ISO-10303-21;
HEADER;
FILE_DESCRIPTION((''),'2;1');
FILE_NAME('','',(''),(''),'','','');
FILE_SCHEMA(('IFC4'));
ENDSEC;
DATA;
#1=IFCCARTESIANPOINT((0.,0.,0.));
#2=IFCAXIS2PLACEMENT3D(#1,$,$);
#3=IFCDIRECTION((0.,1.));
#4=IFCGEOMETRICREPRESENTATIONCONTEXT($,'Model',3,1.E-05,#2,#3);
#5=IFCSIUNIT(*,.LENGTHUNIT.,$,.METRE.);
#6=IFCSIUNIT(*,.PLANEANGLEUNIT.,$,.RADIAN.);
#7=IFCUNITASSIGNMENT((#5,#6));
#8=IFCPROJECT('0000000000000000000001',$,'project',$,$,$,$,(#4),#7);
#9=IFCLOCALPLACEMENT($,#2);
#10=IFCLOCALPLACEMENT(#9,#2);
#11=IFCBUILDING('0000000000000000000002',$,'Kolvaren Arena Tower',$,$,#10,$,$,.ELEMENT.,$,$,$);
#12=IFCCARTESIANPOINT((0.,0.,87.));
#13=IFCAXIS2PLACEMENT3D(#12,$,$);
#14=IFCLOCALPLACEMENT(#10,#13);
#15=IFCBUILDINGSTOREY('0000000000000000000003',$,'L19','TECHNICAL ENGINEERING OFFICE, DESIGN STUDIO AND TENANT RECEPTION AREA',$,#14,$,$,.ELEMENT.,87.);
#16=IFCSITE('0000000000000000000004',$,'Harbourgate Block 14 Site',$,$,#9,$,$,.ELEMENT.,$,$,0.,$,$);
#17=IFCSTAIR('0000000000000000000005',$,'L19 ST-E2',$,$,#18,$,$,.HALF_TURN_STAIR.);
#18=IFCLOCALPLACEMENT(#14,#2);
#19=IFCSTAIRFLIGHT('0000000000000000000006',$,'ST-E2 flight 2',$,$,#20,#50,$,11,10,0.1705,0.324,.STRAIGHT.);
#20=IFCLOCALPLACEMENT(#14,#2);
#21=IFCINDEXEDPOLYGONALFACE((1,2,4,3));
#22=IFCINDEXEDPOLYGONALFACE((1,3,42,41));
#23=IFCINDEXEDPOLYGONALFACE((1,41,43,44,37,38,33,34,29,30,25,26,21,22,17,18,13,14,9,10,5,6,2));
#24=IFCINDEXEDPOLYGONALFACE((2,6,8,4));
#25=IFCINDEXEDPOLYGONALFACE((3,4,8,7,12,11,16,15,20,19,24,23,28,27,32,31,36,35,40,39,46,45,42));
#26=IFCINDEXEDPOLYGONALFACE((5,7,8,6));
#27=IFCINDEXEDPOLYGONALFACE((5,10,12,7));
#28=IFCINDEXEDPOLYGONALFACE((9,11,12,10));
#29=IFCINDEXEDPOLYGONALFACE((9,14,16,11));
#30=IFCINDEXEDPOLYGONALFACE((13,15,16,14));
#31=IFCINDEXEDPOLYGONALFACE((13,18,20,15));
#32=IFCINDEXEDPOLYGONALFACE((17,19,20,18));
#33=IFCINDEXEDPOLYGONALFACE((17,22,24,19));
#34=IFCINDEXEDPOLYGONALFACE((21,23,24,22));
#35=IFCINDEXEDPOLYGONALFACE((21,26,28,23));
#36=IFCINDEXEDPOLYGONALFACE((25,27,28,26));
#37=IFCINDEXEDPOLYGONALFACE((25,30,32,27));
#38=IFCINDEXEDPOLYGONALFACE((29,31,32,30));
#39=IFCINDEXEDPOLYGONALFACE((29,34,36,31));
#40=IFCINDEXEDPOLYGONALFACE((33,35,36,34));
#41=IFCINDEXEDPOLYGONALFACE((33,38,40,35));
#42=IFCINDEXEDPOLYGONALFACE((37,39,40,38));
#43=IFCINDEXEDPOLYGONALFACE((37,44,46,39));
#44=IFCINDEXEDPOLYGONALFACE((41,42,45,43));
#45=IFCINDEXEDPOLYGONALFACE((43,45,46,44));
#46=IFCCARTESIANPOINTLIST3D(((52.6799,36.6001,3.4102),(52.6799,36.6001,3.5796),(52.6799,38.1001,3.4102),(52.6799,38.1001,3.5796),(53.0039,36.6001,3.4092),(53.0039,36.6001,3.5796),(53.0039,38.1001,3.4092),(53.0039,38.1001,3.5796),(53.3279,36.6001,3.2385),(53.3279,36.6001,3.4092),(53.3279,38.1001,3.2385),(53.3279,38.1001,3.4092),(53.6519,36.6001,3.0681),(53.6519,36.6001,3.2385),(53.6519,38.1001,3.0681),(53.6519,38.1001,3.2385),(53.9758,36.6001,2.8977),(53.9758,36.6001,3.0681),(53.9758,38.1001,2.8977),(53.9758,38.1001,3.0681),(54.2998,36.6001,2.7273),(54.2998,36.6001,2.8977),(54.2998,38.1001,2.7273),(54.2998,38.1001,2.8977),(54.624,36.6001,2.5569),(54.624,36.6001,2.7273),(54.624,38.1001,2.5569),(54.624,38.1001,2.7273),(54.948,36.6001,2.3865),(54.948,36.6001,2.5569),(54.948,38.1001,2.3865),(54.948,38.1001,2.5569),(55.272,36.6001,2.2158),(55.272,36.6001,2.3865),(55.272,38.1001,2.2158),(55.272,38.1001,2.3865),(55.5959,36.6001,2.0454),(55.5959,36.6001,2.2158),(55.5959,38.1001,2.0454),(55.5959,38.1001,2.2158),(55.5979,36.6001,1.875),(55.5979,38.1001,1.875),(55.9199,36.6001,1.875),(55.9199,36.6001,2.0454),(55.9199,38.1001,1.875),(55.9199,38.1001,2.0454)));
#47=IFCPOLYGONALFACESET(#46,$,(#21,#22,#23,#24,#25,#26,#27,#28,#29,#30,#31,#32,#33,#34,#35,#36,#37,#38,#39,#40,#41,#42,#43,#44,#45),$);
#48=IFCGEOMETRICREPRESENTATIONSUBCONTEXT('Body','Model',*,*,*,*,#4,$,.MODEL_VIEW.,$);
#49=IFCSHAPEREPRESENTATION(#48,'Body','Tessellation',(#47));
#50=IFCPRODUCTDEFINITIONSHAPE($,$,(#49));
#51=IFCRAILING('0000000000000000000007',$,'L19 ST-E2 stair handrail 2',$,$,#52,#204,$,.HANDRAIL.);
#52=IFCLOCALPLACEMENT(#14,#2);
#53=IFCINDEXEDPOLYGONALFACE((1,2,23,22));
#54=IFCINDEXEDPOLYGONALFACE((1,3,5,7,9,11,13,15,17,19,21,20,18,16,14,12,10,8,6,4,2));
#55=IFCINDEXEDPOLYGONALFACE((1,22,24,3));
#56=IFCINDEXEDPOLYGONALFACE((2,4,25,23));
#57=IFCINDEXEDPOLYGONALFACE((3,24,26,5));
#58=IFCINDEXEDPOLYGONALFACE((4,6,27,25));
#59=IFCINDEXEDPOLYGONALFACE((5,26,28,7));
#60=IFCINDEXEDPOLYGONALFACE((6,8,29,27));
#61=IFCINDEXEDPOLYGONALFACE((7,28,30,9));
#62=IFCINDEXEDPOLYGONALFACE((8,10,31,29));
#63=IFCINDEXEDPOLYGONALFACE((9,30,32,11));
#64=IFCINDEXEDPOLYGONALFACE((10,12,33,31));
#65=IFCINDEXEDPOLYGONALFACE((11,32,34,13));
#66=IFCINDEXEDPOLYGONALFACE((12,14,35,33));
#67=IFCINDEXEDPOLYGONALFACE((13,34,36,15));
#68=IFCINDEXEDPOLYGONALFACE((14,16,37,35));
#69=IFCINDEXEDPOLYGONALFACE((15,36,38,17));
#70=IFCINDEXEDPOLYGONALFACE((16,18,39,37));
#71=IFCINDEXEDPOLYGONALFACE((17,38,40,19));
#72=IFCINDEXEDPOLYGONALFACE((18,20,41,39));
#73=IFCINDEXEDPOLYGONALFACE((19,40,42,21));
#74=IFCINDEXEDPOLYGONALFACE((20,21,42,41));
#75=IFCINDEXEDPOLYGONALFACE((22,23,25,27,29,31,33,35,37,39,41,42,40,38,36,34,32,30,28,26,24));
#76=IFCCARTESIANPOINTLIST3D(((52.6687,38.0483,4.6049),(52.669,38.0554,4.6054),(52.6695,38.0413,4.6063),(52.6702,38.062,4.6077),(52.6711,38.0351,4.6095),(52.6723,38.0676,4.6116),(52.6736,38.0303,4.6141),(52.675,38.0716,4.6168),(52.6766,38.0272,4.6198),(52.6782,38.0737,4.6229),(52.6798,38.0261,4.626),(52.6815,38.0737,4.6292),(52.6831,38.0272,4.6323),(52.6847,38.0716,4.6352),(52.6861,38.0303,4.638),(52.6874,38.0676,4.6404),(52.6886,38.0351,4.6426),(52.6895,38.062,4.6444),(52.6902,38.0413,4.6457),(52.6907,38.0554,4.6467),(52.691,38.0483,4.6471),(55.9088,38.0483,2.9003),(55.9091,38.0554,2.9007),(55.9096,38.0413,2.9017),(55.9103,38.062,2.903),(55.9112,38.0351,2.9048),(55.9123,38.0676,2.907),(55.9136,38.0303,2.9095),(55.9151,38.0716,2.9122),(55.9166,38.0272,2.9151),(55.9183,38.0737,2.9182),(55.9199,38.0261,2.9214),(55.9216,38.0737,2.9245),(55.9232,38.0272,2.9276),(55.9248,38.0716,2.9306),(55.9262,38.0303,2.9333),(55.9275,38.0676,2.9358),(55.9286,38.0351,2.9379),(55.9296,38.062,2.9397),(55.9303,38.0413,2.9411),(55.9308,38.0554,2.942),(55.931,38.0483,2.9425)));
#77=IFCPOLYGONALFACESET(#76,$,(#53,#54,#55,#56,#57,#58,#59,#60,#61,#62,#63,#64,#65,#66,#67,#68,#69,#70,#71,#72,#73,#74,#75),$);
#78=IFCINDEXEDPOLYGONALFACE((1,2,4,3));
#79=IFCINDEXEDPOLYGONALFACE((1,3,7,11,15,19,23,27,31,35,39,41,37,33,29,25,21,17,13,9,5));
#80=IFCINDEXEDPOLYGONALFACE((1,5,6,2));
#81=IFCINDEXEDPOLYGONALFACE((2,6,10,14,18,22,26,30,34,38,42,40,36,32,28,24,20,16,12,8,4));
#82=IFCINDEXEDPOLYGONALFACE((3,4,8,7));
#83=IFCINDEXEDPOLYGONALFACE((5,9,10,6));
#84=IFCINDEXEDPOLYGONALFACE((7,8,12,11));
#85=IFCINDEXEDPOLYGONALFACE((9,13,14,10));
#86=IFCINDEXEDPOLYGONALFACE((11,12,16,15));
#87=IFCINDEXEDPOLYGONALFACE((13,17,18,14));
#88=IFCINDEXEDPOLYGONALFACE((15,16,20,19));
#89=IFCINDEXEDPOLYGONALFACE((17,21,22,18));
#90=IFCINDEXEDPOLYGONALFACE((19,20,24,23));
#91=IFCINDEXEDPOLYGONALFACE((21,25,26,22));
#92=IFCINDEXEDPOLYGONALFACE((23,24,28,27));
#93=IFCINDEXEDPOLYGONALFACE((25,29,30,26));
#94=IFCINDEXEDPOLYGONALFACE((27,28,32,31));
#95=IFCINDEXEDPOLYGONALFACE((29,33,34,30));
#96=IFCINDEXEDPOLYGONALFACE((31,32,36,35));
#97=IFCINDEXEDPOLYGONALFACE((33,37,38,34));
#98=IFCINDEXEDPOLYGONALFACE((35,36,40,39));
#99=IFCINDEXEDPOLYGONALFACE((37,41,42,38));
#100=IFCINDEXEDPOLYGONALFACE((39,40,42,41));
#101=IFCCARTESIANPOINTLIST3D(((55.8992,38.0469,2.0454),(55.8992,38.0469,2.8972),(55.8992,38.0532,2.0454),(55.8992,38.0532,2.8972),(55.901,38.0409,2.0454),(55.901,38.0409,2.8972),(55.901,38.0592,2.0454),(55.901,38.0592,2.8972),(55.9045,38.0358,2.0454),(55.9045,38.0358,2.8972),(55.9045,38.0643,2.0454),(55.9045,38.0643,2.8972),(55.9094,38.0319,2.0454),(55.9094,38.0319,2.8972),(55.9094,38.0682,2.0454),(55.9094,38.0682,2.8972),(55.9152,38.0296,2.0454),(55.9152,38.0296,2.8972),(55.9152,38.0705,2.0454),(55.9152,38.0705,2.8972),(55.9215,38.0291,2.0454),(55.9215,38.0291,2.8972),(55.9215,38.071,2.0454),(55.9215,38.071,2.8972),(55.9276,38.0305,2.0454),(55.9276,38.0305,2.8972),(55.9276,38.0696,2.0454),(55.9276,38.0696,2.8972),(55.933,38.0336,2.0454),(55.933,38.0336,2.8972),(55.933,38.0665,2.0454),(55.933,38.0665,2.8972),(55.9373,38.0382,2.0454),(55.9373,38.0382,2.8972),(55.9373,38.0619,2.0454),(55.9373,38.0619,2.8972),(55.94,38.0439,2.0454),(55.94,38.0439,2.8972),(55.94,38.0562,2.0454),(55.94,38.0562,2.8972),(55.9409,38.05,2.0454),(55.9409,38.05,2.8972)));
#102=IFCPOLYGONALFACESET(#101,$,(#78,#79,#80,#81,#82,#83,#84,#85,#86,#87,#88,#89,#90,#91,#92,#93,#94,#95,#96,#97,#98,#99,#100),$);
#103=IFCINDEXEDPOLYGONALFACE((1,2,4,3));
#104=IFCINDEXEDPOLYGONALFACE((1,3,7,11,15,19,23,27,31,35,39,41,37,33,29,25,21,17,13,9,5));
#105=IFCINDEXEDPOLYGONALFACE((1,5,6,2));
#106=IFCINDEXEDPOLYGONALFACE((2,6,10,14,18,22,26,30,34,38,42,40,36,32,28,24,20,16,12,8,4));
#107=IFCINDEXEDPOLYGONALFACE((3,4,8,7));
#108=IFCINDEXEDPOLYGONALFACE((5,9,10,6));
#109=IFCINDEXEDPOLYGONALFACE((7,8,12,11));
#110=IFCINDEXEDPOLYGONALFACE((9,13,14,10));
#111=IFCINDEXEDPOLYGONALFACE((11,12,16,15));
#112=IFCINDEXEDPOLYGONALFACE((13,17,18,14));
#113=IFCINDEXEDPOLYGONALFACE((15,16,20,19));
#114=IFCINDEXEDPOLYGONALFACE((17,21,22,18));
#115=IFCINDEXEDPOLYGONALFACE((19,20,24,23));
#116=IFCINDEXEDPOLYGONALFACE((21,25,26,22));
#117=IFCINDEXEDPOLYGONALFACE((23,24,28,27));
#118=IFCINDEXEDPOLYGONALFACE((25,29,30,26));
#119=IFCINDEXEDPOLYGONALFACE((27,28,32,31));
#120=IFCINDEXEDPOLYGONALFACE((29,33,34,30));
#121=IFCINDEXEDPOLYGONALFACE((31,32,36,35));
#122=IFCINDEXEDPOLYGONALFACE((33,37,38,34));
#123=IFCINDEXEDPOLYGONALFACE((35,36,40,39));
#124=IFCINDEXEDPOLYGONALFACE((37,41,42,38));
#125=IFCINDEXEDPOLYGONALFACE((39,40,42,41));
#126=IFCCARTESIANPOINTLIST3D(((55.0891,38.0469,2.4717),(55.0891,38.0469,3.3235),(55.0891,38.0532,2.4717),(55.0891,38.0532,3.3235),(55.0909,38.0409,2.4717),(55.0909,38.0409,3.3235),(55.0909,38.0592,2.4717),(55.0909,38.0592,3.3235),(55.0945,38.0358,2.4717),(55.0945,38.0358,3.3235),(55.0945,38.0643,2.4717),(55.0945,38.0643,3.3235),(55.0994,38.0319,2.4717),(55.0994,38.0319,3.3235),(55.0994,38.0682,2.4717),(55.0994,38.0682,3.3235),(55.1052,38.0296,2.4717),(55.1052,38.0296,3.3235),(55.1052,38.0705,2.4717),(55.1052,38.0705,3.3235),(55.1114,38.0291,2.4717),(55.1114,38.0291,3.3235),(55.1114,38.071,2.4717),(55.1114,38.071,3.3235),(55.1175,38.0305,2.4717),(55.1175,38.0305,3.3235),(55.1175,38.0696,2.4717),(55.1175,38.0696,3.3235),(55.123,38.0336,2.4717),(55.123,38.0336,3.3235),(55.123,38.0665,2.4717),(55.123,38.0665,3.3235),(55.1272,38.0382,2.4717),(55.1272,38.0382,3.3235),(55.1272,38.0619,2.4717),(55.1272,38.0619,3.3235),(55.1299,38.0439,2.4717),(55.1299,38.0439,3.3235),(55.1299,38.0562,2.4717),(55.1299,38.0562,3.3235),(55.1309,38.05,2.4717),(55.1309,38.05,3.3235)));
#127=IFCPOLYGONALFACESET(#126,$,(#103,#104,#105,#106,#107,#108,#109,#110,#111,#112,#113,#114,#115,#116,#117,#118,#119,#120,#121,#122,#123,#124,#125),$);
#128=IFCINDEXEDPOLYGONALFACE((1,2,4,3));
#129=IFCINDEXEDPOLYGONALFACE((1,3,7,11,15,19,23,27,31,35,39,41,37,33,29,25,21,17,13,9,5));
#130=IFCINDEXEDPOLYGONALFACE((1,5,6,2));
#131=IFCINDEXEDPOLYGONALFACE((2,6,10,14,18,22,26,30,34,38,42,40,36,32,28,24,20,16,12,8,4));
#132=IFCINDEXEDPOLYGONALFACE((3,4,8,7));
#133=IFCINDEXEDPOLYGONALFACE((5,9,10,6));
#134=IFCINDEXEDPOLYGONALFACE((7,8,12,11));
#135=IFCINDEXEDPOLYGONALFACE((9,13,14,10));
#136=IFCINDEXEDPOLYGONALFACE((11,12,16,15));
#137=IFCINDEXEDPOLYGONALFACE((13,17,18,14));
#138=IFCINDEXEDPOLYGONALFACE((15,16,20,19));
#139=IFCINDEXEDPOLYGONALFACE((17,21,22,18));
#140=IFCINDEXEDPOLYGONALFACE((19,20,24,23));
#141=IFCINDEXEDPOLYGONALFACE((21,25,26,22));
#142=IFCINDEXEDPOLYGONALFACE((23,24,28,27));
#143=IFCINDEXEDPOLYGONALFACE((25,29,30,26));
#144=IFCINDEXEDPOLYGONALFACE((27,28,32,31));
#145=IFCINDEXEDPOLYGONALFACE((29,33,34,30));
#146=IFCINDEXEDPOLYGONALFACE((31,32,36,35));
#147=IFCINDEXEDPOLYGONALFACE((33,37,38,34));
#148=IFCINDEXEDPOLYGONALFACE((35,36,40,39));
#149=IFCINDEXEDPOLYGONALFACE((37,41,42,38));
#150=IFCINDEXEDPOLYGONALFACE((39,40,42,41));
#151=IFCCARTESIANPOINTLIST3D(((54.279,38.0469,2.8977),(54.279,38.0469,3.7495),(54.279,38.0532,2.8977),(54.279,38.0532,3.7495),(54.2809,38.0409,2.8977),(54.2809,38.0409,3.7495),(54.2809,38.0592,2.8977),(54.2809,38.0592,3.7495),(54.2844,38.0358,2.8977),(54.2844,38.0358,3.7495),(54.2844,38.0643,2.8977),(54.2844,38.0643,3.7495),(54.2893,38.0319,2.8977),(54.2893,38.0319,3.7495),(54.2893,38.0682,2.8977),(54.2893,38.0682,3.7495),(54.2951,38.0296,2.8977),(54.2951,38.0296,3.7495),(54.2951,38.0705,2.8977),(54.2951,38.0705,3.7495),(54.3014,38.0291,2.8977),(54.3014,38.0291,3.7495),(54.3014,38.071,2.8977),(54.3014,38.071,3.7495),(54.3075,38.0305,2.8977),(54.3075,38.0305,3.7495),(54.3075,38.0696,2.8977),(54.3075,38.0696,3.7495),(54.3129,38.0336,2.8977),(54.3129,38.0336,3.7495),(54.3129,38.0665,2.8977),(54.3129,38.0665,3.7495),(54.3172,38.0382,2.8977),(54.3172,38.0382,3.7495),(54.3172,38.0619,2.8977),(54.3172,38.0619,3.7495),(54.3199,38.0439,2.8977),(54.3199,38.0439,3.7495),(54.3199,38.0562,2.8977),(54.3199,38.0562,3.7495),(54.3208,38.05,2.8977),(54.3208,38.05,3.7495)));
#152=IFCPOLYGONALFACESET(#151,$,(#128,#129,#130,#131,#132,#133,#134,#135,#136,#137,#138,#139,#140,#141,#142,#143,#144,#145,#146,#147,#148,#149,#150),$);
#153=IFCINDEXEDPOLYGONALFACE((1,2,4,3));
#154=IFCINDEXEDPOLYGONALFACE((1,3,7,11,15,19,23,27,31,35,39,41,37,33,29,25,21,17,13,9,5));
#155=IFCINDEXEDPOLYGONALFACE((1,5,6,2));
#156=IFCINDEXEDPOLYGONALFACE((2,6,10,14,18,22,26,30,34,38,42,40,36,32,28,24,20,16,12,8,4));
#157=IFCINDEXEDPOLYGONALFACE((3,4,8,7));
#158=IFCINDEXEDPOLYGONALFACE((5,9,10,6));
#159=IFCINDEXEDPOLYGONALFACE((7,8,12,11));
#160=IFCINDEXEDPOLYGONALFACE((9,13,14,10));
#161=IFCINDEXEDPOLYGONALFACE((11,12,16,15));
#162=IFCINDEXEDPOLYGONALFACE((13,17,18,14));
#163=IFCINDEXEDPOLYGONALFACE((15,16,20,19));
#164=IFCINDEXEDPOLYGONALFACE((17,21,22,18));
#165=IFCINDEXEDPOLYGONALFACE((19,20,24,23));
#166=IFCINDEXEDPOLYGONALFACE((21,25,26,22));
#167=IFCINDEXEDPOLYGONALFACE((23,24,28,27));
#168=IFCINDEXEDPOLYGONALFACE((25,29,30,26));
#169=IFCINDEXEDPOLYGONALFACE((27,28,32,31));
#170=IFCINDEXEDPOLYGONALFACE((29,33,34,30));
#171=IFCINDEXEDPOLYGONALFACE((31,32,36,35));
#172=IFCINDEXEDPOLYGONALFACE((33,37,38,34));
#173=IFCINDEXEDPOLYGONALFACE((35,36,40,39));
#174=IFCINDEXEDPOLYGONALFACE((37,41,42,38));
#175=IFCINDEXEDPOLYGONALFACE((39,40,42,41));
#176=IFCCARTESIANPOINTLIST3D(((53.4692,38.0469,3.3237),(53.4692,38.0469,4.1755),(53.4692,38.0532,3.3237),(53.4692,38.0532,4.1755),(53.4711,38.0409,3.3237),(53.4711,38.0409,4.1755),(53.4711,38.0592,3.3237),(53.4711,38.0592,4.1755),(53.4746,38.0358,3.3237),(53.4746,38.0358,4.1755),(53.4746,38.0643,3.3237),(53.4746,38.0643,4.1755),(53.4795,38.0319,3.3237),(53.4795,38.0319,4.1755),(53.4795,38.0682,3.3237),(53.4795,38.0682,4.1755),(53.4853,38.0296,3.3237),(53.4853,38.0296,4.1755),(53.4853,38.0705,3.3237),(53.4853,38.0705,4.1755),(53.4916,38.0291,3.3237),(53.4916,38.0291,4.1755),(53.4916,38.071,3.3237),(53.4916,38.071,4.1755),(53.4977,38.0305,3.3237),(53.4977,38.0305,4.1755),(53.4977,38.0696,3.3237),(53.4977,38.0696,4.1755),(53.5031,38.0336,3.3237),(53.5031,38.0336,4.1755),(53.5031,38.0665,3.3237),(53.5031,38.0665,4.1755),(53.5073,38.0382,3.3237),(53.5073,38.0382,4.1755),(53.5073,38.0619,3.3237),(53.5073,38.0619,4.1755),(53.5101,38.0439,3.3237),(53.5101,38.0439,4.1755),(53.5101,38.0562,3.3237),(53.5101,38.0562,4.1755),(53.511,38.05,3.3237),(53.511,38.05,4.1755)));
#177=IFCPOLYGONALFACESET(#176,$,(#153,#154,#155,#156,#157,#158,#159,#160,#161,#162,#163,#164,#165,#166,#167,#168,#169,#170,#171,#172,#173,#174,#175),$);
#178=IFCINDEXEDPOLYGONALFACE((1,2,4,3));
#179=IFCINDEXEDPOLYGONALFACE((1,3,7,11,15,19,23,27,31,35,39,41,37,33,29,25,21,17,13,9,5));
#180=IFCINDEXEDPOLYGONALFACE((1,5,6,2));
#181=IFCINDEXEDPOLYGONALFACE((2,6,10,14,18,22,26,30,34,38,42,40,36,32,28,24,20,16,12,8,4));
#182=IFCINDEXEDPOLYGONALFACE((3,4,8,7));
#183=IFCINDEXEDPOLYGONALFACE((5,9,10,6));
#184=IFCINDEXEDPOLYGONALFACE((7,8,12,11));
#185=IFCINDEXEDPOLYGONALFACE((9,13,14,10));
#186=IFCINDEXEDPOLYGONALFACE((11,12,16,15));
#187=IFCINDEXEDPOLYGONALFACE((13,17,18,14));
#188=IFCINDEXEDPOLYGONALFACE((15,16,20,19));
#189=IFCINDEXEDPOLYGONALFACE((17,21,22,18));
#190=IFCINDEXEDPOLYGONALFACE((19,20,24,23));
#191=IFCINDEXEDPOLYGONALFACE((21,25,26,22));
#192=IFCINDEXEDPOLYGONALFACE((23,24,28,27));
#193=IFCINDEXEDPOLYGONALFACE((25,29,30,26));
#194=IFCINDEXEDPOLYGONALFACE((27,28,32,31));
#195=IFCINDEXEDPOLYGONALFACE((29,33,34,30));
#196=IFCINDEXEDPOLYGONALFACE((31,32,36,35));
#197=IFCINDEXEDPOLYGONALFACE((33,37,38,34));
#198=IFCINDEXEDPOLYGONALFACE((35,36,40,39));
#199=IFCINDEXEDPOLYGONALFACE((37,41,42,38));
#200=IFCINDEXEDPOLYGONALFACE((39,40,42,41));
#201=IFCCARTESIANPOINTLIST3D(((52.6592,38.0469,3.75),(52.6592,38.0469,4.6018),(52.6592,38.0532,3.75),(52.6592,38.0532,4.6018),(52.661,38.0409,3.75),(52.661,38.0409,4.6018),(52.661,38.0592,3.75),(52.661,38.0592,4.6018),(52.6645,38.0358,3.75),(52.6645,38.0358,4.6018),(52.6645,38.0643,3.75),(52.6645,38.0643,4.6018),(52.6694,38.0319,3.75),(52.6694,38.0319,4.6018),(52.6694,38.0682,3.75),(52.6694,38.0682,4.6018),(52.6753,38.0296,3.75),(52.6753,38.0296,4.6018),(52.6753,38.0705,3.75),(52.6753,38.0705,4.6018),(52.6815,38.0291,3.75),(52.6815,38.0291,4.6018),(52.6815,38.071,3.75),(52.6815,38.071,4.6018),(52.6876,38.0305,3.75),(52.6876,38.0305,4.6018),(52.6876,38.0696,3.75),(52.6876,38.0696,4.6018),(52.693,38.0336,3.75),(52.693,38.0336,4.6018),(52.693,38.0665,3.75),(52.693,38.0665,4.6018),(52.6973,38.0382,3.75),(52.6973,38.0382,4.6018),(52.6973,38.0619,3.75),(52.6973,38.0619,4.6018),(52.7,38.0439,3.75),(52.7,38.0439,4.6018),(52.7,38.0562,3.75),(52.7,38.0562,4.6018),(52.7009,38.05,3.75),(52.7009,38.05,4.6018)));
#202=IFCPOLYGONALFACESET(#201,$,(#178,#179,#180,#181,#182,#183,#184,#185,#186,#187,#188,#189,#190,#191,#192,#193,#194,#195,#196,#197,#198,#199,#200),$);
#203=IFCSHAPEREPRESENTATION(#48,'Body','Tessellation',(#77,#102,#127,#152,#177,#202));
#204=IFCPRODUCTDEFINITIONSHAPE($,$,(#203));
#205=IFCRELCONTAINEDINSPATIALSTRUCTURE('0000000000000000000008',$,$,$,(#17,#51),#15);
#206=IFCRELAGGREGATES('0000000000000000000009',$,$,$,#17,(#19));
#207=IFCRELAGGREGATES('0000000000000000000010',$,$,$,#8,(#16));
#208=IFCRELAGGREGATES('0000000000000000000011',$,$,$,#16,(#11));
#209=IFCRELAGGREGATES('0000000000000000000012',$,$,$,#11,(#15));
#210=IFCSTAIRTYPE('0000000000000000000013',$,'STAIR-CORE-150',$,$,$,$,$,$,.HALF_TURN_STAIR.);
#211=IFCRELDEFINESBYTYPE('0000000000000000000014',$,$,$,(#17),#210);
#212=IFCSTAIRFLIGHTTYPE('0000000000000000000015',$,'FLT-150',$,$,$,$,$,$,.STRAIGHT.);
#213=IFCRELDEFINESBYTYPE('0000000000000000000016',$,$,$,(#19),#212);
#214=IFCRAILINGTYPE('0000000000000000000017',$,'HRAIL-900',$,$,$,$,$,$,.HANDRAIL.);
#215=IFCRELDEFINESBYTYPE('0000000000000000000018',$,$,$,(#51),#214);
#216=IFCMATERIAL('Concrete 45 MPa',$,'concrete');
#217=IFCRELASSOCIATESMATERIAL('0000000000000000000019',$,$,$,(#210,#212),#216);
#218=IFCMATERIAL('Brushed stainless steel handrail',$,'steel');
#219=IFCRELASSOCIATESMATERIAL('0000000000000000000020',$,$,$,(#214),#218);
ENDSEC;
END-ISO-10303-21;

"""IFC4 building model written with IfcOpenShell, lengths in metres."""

from ifc_helpers import new_model, si_unit, direction, frame, origin, origin_2d, place, context, subcontext, project, spatial, polyline, circle, outline, extrude, material, type_object, element, aggregate, save


model = new_model("IFC4")

# Units and contexts
model_context = context("Model", 3, precision=1e-05, world=origin(), true_north=direction((0.0, 1.0)))
body_context = subcontext(model_context, "Body", "Model", "MODEL_VIEW")
ifc_project = project(units=[si_unit("LENGTHUNIT", "METRE"), si_unit("PLANEANGLEUNIT", "RADIAN")], contexts=[model_context])

# Site, building, storey
site_placement = place(None, origin())
site = spatial("IfcSite", under=ifc_project, at=site_placement, Name="Harbourgate Block 14 Site", CompositionType="ELEMENT", RefElevation=0.0)
building_placement = place(site_placement, origin())
building = spatial("IfcBuilding", under=site, at=building_placement, Name="Kolvaren Arena Tower", CompositionType="ELEMENT")
storey_placement = place(building_placement, frame((0.0, 0.0, 87.0)))
storey = spatial("IfcBuildingStorey", under=building, at=storey_placement, Name="L19", Description="TECHNICAL ENGINEERING OFFICE, DESIGN STUDIO AND TENANT RECEPTION AREA", CompositionType="ELEMENT", Elevation=87.0)

# Stair, stair flight
ifc_material_1 = material(Name="Concrete 45 MPa", Category="concrete")
stair_type = type_object("IfcStairType", Name="STAIR-CORE-150", PredefinedType="HALF_TURN_STAIR", material=ifc_material_1)
stair_placement = place(storey_placement, origin())
stair = element("IfcStair", 1, at=stair_placement, inside=storey, type_object=stair_type, Name="L19 ST-E2", PredefinedType="HALF_TURN_STAIR")
stair_flight_type = type_object("IfcStairFlightType", Name="FLT-150", PredefinedType="STRAIGHT", material=ifc_material_1)
stair_flight_placement = place(storey_placement, frame((55.9199, 37.3501, 1.875), z_axis=(0.0, 0.0, 1.0), x_axis=(-1.0, 0.0, 0.0)))
stair_flight = element("IfcStairFlight", 2, at=stair_flight_placement, type_object=stair_flight_type, Name="ST-E2 flight 2", NumberOfRisers=11, NumberOfTreads=10, PredefinedType="STRAIGHT", RiserHeight=0.1705, TreadLength=0.324, context=body_context, shape_type="SweptSolid", body=[
    extrude(outline(polyline([(0.0, 0.0), (0.0, 0.1704), (0.324, 0.1704), (0.324, 0.3408), (0.6479, 0.3408), (0.6479, 0.5115), (0.9719, 0.5115), (0.9719, 0.6819), (1.2959, 0.6819), (1.2959, 0.8523), (1.6201, 0.8523), (1.6201, 1.0227), (1.9441, 1.0227), (1.9441, 1.1931), (2.2681, 1.1931), (2.2681, 1.3635), (2.592, 1.3635), (2.592, 1.5342), (2.916, 1.5342), (2.916, 1.7046), (3.24, 1.7046), (3.24, 1.875), (3.24, 1.5352), (0.322, 0.0), (0.0, 0.0)])), frame((0.0, 0.75, 0.0), z_axis=(0.0, -1.0, 0.0), x_axis=(1.0, 0.0, 0.0)), (0.0, 0.0, 1.0), 1.5),
])
aggregate(stair, [stair_flight])

# Railing
ifc_material_2 = material(Name="Brushed stainless steel handrail", Category="steel")
railing_type = type_object("IfcRailingType", Name="HRAIL-900", PredefinedType="HANDRAIL", material=ifc_material_2)
railing_placement = place(storey_placement, frame((55.9199, 38.05, 2.0454)))
element("IfcRailing", 3, at=railing_placement, inside=storey, type_object=railing_type, Name="L19 ST-E2 stair handrail 2", PredefinedType="HANDRAIL", context=body_context, shape_type="SweptSolid", body=[
    extrude(circle(Radius=0.0239, at=origin_2d()), frame((0.0, 0.0, 0.876), z_axis=(-0.884993, 0.0, 0.465604), x_axis=(0.0, -1.0, 0.0)), (0.0, 0.0, 1.0), 3.6611),
    extrude(circle(Radius=0.021, at=origin_2d()), origin(), (0.0, 0.0, 1.0), 0.8518),
    extrude(circle(Radius=0.021, at=origin_2d()), frame((-0.8101, 0.0, 0.4263)), (0.0, 0.0, 1.0), 0.8518),
    extrude(circle(Radius=0.021, at=origin_2d()), frame((-1.6201, 0.0, 0.8523)), (0.0, 0.0, 1.0), 0.8518),
    extrude(circle(Radius=0.021, at=origin_2d()), frame((-2.4299, 0.0, 1.2783)), (0.0, 0.0, 1.0), 0.8518),
    extrude(circle(Radius=0.021, at=origin_2d()), frame((-3.24, 0.0, 1.7046)), (0.0, 0.0, 1.0), 0.8518),
])

save(model, "model.ifc")
